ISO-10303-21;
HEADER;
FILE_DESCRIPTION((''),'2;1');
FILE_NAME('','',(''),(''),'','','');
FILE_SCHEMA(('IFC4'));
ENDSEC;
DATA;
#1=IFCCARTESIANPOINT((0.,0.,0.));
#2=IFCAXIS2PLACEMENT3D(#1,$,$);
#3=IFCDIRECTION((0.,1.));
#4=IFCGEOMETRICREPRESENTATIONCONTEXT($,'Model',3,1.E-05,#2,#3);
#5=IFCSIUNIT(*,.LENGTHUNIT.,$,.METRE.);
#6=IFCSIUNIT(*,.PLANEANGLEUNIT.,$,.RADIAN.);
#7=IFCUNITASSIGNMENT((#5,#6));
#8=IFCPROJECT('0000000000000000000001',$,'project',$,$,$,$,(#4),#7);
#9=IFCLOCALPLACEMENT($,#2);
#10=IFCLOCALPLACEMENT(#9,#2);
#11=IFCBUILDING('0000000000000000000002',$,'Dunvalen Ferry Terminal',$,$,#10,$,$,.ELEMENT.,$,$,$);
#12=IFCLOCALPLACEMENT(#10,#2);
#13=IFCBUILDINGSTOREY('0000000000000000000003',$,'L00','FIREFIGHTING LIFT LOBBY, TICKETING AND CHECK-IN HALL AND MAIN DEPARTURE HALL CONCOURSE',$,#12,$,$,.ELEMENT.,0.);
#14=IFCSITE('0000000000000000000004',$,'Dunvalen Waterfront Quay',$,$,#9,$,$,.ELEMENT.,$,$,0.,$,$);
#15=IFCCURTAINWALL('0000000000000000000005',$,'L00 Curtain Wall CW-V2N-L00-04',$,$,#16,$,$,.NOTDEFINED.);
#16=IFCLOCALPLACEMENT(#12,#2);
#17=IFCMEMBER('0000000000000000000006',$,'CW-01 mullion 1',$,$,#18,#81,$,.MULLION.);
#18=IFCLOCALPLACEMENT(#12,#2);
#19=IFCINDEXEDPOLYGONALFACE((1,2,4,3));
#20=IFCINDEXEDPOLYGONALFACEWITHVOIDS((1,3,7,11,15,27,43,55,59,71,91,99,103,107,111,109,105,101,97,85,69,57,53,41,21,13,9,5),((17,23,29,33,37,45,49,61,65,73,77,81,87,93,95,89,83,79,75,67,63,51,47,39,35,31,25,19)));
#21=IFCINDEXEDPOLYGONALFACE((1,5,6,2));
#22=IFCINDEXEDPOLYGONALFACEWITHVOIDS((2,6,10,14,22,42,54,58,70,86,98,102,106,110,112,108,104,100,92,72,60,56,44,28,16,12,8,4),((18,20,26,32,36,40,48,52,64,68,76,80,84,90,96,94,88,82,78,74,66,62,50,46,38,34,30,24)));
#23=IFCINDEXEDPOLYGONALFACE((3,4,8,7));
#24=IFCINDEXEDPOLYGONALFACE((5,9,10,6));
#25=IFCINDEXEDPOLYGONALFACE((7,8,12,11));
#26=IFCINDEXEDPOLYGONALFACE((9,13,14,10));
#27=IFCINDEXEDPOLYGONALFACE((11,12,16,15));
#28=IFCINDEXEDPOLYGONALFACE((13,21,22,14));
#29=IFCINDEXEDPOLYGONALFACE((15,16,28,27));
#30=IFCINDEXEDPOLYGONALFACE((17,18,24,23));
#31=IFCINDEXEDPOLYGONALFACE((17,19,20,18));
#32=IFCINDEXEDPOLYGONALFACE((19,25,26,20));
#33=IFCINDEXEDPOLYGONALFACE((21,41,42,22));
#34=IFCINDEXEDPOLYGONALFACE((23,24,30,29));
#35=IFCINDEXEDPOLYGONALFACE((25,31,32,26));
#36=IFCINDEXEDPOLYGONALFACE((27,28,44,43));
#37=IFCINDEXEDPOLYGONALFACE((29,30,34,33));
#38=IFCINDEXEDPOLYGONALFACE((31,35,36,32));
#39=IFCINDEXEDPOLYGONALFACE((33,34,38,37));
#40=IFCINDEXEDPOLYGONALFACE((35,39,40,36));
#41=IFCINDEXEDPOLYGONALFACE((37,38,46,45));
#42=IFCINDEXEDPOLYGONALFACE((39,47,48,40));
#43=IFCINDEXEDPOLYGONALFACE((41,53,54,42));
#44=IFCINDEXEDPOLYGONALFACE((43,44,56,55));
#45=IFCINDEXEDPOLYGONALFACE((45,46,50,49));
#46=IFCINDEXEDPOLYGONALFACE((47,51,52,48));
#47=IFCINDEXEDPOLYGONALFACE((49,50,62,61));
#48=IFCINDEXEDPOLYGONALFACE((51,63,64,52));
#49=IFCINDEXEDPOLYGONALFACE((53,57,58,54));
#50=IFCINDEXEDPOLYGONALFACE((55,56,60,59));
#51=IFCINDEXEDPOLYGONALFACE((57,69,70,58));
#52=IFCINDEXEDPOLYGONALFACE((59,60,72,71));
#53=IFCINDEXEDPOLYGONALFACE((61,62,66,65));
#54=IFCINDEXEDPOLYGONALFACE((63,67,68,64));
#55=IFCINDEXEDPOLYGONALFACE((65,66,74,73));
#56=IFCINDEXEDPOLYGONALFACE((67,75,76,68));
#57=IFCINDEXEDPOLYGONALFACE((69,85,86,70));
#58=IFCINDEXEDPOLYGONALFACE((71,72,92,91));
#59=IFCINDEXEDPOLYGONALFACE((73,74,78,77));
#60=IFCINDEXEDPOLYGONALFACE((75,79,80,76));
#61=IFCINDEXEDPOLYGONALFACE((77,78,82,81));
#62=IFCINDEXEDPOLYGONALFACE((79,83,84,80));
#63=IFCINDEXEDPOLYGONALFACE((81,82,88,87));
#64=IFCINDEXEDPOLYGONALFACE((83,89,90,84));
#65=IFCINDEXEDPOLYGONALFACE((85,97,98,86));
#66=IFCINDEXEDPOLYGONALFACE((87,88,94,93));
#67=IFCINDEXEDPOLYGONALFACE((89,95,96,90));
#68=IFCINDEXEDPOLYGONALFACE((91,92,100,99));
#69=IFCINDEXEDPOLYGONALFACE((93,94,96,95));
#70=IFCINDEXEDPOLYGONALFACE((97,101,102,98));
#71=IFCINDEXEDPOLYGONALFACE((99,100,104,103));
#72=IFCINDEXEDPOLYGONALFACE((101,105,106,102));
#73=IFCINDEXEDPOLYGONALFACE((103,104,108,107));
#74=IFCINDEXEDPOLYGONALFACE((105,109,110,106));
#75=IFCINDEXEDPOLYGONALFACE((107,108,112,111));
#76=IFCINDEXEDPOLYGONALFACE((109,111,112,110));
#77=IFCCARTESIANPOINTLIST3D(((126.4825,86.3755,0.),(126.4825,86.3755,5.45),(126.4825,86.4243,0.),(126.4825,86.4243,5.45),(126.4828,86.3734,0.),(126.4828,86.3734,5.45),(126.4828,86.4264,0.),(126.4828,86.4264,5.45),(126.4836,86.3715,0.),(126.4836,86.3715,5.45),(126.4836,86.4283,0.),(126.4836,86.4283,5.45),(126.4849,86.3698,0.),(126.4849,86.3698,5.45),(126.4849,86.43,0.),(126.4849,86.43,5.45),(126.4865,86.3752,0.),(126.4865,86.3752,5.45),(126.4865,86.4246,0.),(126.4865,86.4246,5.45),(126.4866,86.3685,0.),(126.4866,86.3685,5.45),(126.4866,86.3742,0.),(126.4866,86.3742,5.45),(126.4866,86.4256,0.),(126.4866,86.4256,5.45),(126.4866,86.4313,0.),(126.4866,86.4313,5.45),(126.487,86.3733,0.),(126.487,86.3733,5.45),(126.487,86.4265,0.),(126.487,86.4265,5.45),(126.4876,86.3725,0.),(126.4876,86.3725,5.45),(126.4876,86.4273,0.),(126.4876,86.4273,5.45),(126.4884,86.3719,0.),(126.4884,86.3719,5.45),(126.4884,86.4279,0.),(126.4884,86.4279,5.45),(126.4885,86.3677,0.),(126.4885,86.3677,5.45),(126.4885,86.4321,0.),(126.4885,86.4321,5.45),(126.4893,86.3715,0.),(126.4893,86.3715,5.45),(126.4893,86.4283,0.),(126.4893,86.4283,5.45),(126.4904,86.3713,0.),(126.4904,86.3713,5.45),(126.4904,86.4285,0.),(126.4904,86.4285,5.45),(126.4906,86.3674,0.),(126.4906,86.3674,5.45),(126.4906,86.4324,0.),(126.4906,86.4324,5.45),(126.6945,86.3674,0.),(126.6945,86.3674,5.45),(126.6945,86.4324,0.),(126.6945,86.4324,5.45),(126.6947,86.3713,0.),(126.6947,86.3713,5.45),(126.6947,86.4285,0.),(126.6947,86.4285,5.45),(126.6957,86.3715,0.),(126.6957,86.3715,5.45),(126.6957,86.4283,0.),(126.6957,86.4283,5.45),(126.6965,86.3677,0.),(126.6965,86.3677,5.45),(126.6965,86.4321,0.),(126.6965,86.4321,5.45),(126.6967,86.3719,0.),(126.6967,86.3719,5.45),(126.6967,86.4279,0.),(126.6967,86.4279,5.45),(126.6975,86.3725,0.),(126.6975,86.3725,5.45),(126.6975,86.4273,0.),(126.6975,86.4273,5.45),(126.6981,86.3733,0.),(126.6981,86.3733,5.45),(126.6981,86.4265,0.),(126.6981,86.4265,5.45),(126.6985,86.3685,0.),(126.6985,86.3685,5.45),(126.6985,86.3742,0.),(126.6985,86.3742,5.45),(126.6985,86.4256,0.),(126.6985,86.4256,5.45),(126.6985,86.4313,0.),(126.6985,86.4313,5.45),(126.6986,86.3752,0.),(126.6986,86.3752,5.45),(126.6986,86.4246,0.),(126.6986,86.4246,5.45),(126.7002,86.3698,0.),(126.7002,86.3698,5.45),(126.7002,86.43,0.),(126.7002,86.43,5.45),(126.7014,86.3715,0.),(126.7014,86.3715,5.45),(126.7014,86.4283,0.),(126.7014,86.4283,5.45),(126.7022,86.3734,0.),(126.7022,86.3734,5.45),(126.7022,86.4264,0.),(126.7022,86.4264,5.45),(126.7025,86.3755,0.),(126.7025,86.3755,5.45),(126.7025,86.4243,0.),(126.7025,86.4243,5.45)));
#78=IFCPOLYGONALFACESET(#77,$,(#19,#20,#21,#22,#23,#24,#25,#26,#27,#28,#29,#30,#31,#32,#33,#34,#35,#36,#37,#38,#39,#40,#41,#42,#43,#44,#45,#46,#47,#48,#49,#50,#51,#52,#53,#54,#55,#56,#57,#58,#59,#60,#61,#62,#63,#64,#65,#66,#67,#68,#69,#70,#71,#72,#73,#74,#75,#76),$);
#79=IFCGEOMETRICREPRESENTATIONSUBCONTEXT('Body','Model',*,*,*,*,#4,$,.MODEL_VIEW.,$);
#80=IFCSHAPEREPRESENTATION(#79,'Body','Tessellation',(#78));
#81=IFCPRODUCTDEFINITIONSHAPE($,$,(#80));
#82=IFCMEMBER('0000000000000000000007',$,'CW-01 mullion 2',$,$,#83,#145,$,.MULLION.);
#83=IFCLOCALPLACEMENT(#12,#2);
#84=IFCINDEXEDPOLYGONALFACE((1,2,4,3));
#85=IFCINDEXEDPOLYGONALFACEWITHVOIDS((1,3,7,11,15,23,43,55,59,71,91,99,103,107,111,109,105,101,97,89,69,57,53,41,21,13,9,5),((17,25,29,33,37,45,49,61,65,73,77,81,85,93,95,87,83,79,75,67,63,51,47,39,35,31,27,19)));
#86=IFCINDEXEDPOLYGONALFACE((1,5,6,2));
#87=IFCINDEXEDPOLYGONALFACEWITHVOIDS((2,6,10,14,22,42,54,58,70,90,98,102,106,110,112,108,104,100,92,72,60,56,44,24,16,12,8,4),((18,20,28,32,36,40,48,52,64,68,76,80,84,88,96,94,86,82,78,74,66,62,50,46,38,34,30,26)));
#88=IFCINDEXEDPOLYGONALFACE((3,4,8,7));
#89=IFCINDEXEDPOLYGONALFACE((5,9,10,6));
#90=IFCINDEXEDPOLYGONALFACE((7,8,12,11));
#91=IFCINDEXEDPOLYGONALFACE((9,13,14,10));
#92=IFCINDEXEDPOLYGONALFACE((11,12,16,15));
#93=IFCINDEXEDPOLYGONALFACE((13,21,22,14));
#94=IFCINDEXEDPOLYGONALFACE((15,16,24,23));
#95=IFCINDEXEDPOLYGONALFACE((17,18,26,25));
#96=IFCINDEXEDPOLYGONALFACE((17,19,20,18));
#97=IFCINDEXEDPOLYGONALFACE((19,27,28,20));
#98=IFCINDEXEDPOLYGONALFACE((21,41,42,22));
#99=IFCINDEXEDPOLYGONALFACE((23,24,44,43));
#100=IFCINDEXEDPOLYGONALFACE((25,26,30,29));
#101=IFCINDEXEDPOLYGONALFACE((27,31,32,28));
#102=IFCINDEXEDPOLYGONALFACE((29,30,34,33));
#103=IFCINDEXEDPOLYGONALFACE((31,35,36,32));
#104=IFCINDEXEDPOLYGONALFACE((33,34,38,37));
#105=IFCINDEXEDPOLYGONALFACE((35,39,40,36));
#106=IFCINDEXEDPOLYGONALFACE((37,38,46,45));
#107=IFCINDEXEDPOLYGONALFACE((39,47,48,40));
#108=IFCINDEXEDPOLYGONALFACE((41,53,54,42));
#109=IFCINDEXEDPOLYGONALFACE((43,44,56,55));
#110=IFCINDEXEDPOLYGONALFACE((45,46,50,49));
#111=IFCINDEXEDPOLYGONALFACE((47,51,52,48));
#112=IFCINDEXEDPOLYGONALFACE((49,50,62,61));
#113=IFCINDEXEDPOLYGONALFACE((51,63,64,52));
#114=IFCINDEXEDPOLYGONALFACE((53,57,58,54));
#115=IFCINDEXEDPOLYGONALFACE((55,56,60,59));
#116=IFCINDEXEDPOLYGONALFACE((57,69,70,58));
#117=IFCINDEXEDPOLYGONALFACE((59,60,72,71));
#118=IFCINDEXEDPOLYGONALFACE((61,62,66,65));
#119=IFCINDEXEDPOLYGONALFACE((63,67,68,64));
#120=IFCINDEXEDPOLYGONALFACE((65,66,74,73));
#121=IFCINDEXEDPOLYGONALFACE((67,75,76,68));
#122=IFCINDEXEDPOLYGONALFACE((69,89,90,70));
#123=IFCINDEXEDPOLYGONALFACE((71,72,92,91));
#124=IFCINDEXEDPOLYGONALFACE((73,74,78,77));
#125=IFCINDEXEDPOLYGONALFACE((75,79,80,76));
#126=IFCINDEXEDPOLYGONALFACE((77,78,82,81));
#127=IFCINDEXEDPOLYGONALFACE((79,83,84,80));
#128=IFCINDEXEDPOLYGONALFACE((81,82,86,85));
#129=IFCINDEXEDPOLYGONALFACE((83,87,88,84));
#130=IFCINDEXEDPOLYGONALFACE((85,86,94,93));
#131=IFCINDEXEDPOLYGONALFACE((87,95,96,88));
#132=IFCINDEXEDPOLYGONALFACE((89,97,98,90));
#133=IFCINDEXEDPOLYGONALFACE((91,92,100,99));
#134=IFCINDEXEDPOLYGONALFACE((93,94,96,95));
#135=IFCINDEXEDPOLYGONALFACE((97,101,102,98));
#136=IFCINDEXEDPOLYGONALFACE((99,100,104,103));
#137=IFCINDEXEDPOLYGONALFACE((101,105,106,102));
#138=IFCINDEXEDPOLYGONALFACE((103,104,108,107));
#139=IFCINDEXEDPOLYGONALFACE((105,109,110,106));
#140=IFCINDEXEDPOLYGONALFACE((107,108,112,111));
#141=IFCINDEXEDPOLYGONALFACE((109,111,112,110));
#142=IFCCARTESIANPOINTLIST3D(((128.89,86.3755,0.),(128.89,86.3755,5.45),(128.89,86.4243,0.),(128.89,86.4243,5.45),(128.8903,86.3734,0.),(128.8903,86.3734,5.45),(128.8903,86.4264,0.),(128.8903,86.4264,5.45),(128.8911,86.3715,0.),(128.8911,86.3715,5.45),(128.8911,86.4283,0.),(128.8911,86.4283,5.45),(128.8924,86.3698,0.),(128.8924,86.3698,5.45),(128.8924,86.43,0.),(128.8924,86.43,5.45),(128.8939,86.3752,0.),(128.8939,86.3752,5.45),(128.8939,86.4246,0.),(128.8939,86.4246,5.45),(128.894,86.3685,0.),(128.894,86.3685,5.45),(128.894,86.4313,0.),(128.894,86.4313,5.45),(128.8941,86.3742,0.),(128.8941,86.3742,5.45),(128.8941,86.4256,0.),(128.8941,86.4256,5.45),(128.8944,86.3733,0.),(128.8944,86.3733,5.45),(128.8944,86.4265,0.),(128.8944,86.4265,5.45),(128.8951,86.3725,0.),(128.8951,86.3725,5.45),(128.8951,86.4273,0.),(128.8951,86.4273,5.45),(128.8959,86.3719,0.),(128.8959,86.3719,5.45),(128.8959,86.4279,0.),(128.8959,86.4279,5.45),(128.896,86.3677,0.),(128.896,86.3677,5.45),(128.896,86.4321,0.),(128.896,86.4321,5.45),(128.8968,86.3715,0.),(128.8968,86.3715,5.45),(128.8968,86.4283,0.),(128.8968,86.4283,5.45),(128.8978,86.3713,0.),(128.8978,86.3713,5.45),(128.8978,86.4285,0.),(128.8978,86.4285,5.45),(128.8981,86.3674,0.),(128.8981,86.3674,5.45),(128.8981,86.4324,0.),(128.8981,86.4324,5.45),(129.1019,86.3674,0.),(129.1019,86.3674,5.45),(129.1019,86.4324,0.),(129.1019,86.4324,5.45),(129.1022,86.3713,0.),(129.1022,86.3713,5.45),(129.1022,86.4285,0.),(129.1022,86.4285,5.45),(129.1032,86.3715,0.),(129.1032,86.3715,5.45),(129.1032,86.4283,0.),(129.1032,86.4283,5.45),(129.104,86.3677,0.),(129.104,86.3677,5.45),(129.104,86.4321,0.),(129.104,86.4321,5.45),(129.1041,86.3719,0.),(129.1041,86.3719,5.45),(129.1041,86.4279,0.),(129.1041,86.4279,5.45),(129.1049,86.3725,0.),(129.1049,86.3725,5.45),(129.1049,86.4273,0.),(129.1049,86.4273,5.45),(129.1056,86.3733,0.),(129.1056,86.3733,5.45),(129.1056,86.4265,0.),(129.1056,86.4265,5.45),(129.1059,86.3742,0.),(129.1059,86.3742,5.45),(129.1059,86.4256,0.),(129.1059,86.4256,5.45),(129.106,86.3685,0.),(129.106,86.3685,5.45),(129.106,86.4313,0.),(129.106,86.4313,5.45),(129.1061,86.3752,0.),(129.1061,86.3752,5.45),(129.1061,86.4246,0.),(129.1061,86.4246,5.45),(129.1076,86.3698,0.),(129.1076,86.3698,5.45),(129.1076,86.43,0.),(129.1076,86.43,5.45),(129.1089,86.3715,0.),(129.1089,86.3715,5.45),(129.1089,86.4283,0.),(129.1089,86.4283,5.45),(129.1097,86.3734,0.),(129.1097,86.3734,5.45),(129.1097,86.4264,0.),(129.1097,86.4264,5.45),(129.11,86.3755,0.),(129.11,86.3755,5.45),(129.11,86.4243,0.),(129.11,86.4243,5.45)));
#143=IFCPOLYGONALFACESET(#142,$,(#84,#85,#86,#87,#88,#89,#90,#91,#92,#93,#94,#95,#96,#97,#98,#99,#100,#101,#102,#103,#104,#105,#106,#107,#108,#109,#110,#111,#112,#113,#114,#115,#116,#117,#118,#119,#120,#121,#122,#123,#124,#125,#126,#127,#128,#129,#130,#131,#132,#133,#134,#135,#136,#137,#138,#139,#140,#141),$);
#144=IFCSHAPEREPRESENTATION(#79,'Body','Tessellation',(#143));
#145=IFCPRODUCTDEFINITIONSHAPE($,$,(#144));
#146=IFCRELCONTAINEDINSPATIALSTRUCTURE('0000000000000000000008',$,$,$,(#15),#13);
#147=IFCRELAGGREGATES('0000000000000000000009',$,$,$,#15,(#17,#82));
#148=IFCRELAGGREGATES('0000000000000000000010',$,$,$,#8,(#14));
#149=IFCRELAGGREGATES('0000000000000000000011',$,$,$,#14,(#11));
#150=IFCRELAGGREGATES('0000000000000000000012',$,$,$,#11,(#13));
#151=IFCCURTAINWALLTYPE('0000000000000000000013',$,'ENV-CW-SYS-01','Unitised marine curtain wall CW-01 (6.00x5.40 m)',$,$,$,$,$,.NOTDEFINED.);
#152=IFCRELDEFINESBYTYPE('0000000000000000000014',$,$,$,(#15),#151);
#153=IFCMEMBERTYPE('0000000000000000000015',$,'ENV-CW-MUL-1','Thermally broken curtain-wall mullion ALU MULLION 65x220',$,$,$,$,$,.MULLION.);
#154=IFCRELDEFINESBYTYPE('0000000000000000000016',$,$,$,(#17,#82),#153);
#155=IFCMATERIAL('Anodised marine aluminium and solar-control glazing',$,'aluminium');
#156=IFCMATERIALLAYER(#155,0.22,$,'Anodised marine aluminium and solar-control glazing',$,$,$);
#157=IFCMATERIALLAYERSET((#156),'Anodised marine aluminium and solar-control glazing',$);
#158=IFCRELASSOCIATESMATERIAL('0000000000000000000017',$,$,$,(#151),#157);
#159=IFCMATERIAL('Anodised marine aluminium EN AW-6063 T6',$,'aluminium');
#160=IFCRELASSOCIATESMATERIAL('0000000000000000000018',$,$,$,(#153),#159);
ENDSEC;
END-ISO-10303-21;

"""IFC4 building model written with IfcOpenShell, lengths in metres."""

from ifc_helpers import new_model, si_unit, direction, frame, origin, origin_2d, place, context, subcontext, project, spatial, hollow_rectangle, extrude, material, layer, layer_set, material_profile, profile_set, type_object, element, aggregate, save


model = new_model("IFC4")

# Units and contexts
model_context = context("Model", 3, precision=1e-05, world=origin(), true_north=direction((0.0, 1.0)))
body_context = subcontext(model_context, "Body", "Model", "MODEL_VIEW")
ifc_project = project(units=[si_unit("LENGTHUNIT", "METRE"), si_unit("PLANEANGLEUNIT", "RADIAN")], contexts=[model_context])

# Site, building, storey
site_placement = place(None, origin())
site = spatial("IfcSite", under=ifc_project, at=site_placement, Name="Dunvalen Waterfront Quay", CompositionType="ELEMENT", RefElevation=0.0)
building_placement = place(site_placement, origin())
building = spatial("IfcBuilding", under=site, at=building_placement, Name="Dunvalen Ferry Terminal", CompositionType="ELEMENT")
storey_placement = place(building_placement, origin())
storey = spatial("IfcBuildingStorey", under=building, at=storey_placement, Name="L00", Description="FIREFIGHTING LIFT LOBBY, TICKETING AND CHECK-IN HALL AND MAIN DEPARTURE HALL CONCOURSE", CompositionType="ELEMENT", Elevation=0.0)

# Shared definitions
ifc_material_1 = material(Name="Anodised marine aluminium and solar-control glazing", Category="aluminium")
ifc_layer_1 = layer(ifc_material_1, 0.22, Name="Anodised marine aluminium and solar-control glazing")
ifc_layer_set_1 = layer_set([ifc_layer_1], Name="Anodised marine aluminium and solar-control glazing")
curtain_wall_type = type_object("IfcCurtainWallType", Name="ENV-CW-SYS-01", Description="Unitised marine curtain wall CW-01 (6.00x5.40 m)", PredefinedType="NOTDEFINED", material=ifc_layer_set_1)
ifc_material_2 = material(Name="Anodised marine aluminium EN AW-6063 T6", Category="aluminium")
ifc_material_profile_1 = material_profile(ifc_material_2, hollow_rectangle(XDim=0.0649, YDim=0.22, WallThickness=0.0039, InnerFilletRadius=0.0039, OuterFilletRadius=0.0081, at=origin_2d()), Name="Anodised marine aluminium EN AW-6063 T6")
ifc_profile_set_1 = profile_set([ifc_material_profile_1], Name="Anodised marine aluminium EN AW-6063 T6")
member_type_1 = type_object("IfcMemberType", Name="ENV-CW-MUL-1", Description="Thermally broken curtain-wall mullion ALU MULLION 65x220", PredefinedType="MULLION", material=ifc_profile_set_1)

# Curtain wall, members
curtain_wall_1_placement = place(storey_placement, origin())
curtain_wall_1 = element("IfcCurtainWall", 1, at=curtain_wall_1_placement, inside=storey, type_object=curtain_wall_type, Name="L00 Curtain Wall CW-V2N-L00-04", PredefinedType="NOTDEFINED")
member_1_placement = place(storey_placement, frame((126.5925, 86.3999, 0.0), z_axis=(0.0, 0.0, 1.0), x_axis=(0.0, 1.0, 0.0)))
member_1 = element("IfcMember", 2, at=member_1_placement, type_object=member_type_1, Name="CW-01 mullion 1", PredefinedType="MULLION", context=body_context, shape_type="SweptSolid", body=[
    extrude(hollow_rectangle(XDim=0.0649, YDim=0.22, WallThickness=0.0039, InnerFilletRadius=0.0039, OuterFilletRadius=0.0081, at=origin_2d()), origin(), (0.0, 0.0, 1.0), 5.45),
])
member_2_placement = place(storey_placement, frame((129.0, 86.3999, 0.0), z_axis=(0.0, 0.0, 1.0), x_axis=(0.0, 1.0, 0.0)))
member_2 = element("IfcMember", 3, at=member_2_placement, type_object=member_type_1, Name="CW-01 mullion 2", PredefinedType="MULLION", context=body_context, shape_type="SweptSolid", body=[
    extrude(hollow_rectangle(XDim=0.0649, YDim=0.22, WallThickness=0.0039, InnerFilletRadius=0.0039, OuterFilletRadius=0.0081, at=origin_2d()), origin(), (0.0, 0.0, 1.0), 5.45),
])

aggregate(curtain_wall_1, [member_1, member_2])

save(model, "model.ifc")
